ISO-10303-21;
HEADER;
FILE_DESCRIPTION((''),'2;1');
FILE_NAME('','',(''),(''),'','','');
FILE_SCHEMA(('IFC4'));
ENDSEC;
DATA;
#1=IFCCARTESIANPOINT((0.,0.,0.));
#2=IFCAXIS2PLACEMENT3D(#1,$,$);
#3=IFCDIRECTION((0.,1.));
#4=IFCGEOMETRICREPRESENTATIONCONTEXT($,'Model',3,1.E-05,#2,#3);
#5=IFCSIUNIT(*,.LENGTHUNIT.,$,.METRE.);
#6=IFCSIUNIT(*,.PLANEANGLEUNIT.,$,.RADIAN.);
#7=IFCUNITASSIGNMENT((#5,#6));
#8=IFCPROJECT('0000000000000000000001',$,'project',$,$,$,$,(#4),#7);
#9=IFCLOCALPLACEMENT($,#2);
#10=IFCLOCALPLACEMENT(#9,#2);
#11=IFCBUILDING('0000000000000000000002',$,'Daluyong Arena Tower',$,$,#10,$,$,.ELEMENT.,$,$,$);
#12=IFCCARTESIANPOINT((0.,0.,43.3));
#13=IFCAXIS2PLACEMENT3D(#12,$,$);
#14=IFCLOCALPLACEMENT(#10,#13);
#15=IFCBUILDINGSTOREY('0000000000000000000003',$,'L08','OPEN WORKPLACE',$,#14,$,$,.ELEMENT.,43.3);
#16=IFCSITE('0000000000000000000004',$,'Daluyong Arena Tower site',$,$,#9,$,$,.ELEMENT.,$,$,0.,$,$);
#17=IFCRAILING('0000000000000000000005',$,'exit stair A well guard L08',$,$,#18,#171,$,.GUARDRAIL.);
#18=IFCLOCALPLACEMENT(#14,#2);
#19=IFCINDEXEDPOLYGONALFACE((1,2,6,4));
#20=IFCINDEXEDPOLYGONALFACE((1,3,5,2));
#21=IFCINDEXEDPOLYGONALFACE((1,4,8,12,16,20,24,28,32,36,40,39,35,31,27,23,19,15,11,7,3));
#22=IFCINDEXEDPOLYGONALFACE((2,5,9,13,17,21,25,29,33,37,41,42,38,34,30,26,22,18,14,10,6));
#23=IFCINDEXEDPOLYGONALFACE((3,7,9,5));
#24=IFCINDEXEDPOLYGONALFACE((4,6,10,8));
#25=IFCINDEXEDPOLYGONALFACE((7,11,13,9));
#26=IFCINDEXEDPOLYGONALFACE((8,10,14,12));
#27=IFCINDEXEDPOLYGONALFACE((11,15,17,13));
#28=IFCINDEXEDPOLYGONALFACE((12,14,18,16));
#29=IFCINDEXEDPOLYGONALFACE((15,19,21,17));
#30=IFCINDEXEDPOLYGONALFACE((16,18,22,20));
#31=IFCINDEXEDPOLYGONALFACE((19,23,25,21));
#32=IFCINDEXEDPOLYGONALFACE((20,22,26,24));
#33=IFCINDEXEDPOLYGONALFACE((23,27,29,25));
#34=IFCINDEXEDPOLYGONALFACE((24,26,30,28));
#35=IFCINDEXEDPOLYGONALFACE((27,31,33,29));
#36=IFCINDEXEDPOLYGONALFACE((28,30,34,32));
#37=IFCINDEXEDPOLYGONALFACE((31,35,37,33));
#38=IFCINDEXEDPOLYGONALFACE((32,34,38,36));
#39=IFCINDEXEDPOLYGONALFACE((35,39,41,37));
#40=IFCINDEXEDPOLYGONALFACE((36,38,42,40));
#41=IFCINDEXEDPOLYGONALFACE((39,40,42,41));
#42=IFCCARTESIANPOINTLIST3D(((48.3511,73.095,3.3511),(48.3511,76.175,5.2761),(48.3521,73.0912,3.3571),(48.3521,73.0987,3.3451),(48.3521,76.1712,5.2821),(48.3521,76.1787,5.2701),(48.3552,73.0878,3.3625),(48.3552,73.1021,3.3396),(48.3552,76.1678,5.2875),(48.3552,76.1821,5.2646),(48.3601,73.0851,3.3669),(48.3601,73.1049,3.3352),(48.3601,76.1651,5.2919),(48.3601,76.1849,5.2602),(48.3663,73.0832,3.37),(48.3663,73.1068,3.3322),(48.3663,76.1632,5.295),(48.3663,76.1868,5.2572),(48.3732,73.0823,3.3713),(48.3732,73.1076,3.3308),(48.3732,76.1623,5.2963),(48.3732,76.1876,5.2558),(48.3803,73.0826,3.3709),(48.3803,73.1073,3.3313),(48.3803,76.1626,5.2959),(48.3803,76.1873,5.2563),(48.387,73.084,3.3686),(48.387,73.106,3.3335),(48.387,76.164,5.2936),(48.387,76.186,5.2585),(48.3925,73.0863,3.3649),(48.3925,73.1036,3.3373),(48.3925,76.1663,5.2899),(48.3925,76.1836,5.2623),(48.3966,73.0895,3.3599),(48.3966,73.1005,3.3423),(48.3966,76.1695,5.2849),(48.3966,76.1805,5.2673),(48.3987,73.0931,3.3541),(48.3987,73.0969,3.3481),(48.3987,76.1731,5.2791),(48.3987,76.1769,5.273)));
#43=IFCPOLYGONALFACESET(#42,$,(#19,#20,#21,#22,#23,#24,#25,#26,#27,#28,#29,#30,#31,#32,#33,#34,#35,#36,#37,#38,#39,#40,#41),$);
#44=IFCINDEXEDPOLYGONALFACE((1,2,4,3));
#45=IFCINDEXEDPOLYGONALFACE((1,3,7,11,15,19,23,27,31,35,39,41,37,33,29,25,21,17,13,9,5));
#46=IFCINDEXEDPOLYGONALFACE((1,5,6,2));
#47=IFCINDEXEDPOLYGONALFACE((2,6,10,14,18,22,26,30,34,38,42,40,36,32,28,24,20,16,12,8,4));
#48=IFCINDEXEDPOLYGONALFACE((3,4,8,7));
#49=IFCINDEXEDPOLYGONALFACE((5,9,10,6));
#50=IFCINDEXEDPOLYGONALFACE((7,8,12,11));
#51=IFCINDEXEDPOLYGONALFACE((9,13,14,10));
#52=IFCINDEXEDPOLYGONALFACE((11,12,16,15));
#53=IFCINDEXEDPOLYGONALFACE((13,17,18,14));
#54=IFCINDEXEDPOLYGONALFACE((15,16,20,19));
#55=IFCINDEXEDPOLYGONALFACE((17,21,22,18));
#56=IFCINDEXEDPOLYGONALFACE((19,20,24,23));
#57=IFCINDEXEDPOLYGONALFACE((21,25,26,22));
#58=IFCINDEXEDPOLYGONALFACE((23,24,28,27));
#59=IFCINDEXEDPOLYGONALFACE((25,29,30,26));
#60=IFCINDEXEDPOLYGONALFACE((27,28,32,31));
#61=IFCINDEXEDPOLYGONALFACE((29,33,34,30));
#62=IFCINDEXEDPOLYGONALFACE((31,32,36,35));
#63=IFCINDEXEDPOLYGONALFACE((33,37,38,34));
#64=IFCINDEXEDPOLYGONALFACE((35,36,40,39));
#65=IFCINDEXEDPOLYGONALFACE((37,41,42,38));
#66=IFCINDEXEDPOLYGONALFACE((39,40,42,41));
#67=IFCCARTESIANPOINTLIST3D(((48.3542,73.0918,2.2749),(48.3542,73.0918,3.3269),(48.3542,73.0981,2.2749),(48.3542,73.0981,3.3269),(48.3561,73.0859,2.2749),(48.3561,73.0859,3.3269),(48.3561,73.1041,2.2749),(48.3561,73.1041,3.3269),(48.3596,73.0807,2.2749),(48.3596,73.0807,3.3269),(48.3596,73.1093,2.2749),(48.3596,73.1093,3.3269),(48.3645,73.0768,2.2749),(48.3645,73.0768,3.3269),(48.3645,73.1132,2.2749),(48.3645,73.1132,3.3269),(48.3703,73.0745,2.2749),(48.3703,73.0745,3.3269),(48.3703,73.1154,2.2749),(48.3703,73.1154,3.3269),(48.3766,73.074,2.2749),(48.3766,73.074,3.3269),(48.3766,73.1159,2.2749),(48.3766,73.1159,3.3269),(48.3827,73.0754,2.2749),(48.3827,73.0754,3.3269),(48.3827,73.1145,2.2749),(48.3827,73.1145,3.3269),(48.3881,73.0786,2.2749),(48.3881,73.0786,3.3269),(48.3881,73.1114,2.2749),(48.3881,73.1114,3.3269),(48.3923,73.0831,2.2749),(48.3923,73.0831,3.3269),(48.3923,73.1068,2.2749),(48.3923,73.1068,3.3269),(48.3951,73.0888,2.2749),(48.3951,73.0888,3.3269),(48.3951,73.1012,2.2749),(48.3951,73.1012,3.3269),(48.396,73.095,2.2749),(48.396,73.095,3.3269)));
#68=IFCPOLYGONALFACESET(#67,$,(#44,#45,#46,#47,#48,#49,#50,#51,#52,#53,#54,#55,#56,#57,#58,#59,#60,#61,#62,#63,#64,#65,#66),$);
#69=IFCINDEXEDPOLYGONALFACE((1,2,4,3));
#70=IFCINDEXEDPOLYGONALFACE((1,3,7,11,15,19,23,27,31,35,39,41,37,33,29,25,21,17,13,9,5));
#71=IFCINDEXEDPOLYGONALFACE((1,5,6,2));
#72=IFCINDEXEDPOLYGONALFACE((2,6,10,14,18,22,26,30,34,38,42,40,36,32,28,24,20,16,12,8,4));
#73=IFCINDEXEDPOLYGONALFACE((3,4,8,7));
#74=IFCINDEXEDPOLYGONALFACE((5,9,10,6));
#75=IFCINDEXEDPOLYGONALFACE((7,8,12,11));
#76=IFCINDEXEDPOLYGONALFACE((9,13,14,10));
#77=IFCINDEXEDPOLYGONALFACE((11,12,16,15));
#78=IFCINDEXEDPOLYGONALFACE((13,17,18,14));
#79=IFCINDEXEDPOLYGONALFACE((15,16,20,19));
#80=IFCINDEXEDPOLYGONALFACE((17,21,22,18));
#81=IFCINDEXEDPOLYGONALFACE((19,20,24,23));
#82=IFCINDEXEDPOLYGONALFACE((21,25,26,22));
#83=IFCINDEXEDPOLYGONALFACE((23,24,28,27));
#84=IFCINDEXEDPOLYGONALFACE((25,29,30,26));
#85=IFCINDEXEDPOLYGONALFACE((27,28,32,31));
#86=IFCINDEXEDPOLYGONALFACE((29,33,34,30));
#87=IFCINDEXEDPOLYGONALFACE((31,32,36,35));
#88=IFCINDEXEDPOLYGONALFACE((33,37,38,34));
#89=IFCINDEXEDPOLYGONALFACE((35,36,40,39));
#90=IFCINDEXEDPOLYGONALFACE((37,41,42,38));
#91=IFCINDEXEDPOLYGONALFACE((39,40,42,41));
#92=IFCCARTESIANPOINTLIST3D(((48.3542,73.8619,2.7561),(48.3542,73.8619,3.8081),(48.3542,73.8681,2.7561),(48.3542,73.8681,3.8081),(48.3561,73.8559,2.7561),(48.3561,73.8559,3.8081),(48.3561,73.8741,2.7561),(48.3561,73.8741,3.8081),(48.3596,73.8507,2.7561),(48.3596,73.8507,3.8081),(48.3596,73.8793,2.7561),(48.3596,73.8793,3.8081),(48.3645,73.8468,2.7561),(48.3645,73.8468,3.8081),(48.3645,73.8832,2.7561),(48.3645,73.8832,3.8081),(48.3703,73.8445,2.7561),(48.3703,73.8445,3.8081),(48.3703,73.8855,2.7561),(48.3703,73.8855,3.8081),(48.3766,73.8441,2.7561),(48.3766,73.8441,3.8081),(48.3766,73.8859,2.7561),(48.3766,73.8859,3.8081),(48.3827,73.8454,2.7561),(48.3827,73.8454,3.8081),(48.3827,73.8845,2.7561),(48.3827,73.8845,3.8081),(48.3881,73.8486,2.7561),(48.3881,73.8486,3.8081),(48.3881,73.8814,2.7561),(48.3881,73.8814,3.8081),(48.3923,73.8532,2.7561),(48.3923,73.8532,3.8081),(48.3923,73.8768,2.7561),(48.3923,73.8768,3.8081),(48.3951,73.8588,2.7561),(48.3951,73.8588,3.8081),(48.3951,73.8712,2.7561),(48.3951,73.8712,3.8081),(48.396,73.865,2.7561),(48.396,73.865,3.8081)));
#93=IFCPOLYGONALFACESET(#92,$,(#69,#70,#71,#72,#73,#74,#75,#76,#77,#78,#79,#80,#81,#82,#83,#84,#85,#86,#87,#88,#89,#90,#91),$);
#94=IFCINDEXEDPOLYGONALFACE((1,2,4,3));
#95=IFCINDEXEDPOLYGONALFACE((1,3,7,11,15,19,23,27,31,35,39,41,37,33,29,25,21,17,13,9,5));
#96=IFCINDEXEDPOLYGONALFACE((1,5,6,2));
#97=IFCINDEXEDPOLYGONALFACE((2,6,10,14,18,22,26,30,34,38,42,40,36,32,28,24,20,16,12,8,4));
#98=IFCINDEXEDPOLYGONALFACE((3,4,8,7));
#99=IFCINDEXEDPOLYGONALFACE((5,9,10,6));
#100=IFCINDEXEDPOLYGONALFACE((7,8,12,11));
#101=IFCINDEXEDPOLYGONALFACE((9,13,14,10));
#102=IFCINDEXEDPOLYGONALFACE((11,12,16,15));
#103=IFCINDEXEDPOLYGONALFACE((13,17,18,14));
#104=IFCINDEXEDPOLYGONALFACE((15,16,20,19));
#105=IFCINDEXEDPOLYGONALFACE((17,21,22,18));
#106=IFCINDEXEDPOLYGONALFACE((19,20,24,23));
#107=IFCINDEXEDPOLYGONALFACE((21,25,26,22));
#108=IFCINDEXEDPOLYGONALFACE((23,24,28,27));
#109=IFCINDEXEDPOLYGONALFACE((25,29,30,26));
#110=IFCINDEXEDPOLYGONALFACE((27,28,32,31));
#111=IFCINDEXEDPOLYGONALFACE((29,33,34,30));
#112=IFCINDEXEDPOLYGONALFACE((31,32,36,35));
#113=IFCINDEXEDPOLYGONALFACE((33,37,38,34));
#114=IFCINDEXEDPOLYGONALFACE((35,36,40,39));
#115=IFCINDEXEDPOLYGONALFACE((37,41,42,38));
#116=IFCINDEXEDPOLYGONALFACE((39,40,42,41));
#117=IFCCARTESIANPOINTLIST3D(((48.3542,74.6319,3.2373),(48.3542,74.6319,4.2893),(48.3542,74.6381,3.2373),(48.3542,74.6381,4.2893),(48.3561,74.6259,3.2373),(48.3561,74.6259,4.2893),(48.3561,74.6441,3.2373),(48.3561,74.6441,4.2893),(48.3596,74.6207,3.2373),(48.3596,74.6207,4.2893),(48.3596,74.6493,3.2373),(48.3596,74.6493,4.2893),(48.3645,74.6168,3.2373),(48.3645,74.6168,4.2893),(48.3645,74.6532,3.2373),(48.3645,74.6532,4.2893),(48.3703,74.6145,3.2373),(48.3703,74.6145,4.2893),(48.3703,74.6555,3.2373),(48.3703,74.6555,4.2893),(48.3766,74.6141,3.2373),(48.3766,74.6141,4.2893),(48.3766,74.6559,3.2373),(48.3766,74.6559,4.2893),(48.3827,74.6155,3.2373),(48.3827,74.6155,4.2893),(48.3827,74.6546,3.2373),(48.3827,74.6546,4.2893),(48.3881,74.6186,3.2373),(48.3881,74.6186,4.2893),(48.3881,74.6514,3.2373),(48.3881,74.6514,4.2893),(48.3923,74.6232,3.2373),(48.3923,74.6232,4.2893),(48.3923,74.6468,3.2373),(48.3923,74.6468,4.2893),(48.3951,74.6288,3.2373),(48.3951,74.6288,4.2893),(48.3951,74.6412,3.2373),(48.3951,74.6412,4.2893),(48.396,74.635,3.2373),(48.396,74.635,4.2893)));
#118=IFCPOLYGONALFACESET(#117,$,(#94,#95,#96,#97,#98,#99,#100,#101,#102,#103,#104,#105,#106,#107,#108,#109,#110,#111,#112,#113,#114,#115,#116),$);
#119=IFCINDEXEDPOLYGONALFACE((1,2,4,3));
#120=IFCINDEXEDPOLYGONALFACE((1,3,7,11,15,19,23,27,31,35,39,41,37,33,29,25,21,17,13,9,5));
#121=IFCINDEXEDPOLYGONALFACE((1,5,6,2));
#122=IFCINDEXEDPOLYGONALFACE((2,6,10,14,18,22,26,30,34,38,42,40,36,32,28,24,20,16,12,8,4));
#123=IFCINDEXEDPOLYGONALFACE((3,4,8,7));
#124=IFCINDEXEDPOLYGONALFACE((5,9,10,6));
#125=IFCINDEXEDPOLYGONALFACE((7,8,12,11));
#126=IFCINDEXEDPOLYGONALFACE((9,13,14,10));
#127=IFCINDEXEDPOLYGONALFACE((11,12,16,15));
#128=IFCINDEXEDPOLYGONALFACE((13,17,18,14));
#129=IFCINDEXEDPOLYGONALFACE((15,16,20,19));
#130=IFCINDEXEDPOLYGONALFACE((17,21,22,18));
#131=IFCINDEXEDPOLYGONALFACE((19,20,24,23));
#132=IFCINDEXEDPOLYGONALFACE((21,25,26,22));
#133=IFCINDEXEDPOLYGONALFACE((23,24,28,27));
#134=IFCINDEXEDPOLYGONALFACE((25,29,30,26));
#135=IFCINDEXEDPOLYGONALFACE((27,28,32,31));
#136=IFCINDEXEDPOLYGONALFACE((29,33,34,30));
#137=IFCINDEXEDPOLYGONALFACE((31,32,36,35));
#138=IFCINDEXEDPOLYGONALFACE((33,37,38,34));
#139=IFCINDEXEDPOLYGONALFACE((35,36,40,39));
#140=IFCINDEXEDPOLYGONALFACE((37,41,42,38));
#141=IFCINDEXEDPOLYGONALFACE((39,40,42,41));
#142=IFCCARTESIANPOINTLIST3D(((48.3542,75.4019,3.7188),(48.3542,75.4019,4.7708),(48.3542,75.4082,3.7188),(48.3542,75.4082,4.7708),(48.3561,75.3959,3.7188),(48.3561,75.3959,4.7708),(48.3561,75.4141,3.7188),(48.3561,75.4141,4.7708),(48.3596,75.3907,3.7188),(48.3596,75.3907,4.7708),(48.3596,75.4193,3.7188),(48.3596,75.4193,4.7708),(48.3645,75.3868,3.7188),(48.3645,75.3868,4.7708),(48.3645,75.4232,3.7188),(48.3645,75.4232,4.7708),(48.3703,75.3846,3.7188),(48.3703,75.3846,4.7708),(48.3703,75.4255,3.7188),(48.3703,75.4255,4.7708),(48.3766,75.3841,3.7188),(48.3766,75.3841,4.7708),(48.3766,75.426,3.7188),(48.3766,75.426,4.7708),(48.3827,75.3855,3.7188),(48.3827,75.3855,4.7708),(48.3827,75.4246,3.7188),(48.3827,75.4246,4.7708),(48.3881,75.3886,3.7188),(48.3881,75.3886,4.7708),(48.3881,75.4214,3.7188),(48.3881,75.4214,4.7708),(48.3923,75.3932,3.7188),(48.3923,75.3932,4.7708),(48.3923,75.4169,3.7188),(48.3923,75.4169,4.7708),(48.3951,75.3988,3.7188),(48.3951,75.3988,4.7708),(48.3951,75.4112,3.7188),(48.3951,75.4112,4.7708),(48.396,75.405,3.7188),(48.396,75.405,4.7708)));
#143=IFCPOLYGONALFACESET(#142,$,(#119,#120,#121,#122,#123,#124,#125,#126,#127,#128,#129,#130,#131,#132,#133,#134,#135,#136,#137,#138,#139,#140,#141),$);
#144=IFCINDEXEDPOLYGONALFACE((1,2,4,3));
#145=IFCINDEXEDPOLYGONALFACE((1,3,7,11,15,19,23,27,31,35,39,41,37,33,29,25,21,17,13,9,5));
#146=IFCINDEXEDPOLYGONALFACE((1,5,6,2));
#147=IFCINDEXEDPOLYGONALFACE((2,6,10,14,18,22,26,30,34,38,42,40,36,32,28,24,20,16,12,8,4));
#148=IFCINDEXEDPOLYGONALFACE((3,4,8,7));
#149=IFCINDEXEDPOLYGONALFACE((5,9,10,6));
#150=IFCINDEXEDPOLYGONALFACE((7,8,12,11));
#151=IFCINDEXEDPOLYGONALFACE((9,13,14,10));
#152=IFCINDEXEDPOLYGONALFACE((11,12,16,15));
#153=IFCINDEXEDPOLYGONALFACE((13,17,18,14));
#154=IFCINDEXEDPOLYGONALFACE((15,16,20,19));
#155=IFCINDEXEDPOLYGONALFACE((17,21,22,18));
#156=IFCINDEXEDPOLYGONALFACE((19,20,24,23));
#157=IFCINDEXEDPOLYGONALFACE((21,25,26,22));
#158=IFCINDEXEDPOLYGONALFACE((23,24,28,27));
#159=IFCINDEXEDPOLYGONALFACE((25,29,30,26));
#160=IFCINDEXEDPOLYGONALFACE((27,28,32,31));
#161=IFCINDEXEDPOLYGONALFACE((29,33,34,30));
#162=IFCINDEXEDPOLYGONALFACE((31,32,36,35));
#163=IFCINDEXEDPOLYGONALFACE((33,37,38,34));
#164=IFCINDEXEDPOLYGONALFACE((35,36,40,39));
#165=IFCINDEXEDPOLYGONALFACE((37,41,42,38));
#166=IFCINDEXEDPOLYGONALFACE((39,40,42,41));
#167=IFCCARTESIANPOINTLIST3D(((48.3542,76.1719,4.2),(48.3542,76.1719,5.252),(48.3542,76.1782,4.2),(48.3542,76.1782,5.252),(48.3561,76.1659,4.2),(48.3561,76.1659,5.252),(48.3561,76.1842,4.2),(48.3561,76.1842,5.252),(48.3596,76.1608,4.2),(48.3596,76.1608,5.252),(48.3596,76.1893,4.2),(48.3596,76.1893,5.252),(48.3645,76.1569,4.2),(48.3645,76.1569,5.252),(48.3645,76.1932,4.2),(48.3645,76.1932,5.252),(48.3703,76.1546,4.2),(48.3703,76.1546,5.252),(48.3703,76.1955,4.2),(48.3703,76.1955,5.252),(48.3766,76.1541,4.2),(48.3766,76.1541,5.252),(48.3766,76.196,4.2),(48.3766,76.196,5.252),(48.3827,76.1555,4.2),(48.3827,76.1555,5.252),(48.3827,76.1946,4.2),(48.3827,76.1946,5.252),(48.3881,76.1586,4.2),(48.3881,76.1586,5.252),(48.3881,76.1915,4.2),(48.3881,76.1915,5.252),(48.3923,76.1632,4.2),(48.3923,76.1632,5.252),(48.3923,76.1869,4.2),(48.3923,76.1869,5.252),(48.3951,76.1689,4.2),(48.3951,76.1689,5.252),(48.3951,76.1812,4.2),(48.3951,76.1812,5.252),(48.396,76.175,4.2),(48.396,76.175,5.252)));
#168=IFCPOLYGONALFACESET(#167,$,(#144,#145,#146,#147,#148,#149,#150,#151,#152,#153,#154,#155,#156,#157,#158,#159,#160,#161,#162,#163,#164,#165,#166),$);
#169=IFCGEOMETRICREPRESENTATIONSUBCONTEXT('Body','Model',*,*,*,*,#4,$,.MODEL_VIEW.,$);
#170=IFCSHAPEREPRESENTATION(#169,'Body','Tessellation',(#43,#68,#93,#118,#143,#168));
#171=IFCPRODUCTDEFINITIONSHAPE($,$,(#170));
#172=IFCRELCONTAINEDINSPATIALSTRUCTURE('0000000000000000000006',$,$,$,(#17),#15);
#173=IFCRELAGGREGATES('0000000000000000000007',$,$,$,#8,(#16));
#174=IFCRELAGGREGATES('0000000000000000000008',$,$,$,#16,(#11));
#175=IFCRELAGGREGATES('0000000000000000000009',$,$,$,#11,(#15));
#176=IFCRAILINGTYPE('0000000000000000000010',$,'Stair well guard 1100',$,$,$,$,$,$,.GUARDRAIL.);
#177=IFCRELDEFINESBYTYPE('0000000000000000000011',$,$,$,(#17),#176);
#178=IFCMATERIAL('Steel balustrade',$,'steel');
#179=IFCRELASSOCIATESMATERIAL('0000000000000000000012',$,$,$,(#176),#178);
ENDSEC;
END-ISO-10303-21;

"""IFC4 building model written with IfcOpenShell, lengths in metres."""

from ifc_helpers import new_model, si_unit, direction, frame, origin, origin_2d, place, context, subcontext, project, spatial, circle, extrude, material, type_object, element, save


model = new_model("IFC4")

# Units and contexts
model_context = context("Model", 3, precision=1e-05, world=origin(), true_north=direction((0.0, 1.0)))
body_context = subcontext(model_context, "Body", "Model", "MODEL_VIEW")
ifc_project = project(units=[si_unit("LENGTHUNIT", "METRE"), si_unit("PLANEANGLEUNIT", "RADIAN")], contexts=[model_context])

# Site, building, storey
site_placement = place(None, origin())
site = spatial("IfcSite", under=ifc_project, at=site_placement, Name="Daluyong Arena Tower site", CompositionType="ELEMENT", RefElevation=0.0)
building_placement = place(site_placement, origin())
building = spatial("IfcBuilding", under=site, at=building_placement, Name="Daluyong Arena Tower", CompositionType="ELEMENT")
storey_placement = place(building_placement, frame((0.0, 0.0, 43.3)))
storey = spatial("IfcBuildingStorey", under=building, at=storey_placement, Name="L08", Description="OPEN WORKPLACE", CompositionType="ELEMENT", Elevation=43.3)

# Railing
ifc_material_1 = material(Name="Steel balustrade", Category="steel")
railing_type_1 = type_object("IfcRailingType", Name="Stair well guard 1100", PredefinedType="GUARDRAIL", material=ifc_material_1)
railing_1_placement = place(storey_placement, frame((48.375, 73.095, 2.2749)))
element("IfcRailing", 1, at=railing_1_placement, inside=storey, type_object=railing_type_1, Name="exit stair A well guard L08", PredefinedType="GUARDRAIL", context=body_context, shape_type="SweptSolid", body=[
    extrude(circle(Radius=0.0239, at=origin_2d()), frame((0.0, 0.0, 1.0762), z_axis=(0.0, 0.847998, 0.529999), x_axis=(-1.0, 0.0, 0.0)), (0.0, 0.0, 1.0), 3.6321),
    extrude(circle(Radius=0.021, at=origin_2d()), origin(), (0.0, 0.0, 1.0), 1.052),
    extrude(circle(Radius=0.021, at=origin_2d()), frame((0.0, 0.77, 0.4812)), (0.0, 0.0, 1.0), 1.052),
    extrude(circle(Radius=0.021, at=origin_2d()), frame((0.0, 1.54, 0.9624)), (0.0, 0.0, 1.0), 1.052),
    extrude(circle(Radius=0.021, at=origin_2d()), frame((0.0, 2.3101, 1.4438)), (0.0, 0.0, 1.0), 1.052),
    extrude(circle(Radius=0.021, at=origin_2d()), frame((0.0, 3.0801, 1.925)), (0.0, 0.0, 1.0), 1.052),
])

save(model, "model.ifc")
